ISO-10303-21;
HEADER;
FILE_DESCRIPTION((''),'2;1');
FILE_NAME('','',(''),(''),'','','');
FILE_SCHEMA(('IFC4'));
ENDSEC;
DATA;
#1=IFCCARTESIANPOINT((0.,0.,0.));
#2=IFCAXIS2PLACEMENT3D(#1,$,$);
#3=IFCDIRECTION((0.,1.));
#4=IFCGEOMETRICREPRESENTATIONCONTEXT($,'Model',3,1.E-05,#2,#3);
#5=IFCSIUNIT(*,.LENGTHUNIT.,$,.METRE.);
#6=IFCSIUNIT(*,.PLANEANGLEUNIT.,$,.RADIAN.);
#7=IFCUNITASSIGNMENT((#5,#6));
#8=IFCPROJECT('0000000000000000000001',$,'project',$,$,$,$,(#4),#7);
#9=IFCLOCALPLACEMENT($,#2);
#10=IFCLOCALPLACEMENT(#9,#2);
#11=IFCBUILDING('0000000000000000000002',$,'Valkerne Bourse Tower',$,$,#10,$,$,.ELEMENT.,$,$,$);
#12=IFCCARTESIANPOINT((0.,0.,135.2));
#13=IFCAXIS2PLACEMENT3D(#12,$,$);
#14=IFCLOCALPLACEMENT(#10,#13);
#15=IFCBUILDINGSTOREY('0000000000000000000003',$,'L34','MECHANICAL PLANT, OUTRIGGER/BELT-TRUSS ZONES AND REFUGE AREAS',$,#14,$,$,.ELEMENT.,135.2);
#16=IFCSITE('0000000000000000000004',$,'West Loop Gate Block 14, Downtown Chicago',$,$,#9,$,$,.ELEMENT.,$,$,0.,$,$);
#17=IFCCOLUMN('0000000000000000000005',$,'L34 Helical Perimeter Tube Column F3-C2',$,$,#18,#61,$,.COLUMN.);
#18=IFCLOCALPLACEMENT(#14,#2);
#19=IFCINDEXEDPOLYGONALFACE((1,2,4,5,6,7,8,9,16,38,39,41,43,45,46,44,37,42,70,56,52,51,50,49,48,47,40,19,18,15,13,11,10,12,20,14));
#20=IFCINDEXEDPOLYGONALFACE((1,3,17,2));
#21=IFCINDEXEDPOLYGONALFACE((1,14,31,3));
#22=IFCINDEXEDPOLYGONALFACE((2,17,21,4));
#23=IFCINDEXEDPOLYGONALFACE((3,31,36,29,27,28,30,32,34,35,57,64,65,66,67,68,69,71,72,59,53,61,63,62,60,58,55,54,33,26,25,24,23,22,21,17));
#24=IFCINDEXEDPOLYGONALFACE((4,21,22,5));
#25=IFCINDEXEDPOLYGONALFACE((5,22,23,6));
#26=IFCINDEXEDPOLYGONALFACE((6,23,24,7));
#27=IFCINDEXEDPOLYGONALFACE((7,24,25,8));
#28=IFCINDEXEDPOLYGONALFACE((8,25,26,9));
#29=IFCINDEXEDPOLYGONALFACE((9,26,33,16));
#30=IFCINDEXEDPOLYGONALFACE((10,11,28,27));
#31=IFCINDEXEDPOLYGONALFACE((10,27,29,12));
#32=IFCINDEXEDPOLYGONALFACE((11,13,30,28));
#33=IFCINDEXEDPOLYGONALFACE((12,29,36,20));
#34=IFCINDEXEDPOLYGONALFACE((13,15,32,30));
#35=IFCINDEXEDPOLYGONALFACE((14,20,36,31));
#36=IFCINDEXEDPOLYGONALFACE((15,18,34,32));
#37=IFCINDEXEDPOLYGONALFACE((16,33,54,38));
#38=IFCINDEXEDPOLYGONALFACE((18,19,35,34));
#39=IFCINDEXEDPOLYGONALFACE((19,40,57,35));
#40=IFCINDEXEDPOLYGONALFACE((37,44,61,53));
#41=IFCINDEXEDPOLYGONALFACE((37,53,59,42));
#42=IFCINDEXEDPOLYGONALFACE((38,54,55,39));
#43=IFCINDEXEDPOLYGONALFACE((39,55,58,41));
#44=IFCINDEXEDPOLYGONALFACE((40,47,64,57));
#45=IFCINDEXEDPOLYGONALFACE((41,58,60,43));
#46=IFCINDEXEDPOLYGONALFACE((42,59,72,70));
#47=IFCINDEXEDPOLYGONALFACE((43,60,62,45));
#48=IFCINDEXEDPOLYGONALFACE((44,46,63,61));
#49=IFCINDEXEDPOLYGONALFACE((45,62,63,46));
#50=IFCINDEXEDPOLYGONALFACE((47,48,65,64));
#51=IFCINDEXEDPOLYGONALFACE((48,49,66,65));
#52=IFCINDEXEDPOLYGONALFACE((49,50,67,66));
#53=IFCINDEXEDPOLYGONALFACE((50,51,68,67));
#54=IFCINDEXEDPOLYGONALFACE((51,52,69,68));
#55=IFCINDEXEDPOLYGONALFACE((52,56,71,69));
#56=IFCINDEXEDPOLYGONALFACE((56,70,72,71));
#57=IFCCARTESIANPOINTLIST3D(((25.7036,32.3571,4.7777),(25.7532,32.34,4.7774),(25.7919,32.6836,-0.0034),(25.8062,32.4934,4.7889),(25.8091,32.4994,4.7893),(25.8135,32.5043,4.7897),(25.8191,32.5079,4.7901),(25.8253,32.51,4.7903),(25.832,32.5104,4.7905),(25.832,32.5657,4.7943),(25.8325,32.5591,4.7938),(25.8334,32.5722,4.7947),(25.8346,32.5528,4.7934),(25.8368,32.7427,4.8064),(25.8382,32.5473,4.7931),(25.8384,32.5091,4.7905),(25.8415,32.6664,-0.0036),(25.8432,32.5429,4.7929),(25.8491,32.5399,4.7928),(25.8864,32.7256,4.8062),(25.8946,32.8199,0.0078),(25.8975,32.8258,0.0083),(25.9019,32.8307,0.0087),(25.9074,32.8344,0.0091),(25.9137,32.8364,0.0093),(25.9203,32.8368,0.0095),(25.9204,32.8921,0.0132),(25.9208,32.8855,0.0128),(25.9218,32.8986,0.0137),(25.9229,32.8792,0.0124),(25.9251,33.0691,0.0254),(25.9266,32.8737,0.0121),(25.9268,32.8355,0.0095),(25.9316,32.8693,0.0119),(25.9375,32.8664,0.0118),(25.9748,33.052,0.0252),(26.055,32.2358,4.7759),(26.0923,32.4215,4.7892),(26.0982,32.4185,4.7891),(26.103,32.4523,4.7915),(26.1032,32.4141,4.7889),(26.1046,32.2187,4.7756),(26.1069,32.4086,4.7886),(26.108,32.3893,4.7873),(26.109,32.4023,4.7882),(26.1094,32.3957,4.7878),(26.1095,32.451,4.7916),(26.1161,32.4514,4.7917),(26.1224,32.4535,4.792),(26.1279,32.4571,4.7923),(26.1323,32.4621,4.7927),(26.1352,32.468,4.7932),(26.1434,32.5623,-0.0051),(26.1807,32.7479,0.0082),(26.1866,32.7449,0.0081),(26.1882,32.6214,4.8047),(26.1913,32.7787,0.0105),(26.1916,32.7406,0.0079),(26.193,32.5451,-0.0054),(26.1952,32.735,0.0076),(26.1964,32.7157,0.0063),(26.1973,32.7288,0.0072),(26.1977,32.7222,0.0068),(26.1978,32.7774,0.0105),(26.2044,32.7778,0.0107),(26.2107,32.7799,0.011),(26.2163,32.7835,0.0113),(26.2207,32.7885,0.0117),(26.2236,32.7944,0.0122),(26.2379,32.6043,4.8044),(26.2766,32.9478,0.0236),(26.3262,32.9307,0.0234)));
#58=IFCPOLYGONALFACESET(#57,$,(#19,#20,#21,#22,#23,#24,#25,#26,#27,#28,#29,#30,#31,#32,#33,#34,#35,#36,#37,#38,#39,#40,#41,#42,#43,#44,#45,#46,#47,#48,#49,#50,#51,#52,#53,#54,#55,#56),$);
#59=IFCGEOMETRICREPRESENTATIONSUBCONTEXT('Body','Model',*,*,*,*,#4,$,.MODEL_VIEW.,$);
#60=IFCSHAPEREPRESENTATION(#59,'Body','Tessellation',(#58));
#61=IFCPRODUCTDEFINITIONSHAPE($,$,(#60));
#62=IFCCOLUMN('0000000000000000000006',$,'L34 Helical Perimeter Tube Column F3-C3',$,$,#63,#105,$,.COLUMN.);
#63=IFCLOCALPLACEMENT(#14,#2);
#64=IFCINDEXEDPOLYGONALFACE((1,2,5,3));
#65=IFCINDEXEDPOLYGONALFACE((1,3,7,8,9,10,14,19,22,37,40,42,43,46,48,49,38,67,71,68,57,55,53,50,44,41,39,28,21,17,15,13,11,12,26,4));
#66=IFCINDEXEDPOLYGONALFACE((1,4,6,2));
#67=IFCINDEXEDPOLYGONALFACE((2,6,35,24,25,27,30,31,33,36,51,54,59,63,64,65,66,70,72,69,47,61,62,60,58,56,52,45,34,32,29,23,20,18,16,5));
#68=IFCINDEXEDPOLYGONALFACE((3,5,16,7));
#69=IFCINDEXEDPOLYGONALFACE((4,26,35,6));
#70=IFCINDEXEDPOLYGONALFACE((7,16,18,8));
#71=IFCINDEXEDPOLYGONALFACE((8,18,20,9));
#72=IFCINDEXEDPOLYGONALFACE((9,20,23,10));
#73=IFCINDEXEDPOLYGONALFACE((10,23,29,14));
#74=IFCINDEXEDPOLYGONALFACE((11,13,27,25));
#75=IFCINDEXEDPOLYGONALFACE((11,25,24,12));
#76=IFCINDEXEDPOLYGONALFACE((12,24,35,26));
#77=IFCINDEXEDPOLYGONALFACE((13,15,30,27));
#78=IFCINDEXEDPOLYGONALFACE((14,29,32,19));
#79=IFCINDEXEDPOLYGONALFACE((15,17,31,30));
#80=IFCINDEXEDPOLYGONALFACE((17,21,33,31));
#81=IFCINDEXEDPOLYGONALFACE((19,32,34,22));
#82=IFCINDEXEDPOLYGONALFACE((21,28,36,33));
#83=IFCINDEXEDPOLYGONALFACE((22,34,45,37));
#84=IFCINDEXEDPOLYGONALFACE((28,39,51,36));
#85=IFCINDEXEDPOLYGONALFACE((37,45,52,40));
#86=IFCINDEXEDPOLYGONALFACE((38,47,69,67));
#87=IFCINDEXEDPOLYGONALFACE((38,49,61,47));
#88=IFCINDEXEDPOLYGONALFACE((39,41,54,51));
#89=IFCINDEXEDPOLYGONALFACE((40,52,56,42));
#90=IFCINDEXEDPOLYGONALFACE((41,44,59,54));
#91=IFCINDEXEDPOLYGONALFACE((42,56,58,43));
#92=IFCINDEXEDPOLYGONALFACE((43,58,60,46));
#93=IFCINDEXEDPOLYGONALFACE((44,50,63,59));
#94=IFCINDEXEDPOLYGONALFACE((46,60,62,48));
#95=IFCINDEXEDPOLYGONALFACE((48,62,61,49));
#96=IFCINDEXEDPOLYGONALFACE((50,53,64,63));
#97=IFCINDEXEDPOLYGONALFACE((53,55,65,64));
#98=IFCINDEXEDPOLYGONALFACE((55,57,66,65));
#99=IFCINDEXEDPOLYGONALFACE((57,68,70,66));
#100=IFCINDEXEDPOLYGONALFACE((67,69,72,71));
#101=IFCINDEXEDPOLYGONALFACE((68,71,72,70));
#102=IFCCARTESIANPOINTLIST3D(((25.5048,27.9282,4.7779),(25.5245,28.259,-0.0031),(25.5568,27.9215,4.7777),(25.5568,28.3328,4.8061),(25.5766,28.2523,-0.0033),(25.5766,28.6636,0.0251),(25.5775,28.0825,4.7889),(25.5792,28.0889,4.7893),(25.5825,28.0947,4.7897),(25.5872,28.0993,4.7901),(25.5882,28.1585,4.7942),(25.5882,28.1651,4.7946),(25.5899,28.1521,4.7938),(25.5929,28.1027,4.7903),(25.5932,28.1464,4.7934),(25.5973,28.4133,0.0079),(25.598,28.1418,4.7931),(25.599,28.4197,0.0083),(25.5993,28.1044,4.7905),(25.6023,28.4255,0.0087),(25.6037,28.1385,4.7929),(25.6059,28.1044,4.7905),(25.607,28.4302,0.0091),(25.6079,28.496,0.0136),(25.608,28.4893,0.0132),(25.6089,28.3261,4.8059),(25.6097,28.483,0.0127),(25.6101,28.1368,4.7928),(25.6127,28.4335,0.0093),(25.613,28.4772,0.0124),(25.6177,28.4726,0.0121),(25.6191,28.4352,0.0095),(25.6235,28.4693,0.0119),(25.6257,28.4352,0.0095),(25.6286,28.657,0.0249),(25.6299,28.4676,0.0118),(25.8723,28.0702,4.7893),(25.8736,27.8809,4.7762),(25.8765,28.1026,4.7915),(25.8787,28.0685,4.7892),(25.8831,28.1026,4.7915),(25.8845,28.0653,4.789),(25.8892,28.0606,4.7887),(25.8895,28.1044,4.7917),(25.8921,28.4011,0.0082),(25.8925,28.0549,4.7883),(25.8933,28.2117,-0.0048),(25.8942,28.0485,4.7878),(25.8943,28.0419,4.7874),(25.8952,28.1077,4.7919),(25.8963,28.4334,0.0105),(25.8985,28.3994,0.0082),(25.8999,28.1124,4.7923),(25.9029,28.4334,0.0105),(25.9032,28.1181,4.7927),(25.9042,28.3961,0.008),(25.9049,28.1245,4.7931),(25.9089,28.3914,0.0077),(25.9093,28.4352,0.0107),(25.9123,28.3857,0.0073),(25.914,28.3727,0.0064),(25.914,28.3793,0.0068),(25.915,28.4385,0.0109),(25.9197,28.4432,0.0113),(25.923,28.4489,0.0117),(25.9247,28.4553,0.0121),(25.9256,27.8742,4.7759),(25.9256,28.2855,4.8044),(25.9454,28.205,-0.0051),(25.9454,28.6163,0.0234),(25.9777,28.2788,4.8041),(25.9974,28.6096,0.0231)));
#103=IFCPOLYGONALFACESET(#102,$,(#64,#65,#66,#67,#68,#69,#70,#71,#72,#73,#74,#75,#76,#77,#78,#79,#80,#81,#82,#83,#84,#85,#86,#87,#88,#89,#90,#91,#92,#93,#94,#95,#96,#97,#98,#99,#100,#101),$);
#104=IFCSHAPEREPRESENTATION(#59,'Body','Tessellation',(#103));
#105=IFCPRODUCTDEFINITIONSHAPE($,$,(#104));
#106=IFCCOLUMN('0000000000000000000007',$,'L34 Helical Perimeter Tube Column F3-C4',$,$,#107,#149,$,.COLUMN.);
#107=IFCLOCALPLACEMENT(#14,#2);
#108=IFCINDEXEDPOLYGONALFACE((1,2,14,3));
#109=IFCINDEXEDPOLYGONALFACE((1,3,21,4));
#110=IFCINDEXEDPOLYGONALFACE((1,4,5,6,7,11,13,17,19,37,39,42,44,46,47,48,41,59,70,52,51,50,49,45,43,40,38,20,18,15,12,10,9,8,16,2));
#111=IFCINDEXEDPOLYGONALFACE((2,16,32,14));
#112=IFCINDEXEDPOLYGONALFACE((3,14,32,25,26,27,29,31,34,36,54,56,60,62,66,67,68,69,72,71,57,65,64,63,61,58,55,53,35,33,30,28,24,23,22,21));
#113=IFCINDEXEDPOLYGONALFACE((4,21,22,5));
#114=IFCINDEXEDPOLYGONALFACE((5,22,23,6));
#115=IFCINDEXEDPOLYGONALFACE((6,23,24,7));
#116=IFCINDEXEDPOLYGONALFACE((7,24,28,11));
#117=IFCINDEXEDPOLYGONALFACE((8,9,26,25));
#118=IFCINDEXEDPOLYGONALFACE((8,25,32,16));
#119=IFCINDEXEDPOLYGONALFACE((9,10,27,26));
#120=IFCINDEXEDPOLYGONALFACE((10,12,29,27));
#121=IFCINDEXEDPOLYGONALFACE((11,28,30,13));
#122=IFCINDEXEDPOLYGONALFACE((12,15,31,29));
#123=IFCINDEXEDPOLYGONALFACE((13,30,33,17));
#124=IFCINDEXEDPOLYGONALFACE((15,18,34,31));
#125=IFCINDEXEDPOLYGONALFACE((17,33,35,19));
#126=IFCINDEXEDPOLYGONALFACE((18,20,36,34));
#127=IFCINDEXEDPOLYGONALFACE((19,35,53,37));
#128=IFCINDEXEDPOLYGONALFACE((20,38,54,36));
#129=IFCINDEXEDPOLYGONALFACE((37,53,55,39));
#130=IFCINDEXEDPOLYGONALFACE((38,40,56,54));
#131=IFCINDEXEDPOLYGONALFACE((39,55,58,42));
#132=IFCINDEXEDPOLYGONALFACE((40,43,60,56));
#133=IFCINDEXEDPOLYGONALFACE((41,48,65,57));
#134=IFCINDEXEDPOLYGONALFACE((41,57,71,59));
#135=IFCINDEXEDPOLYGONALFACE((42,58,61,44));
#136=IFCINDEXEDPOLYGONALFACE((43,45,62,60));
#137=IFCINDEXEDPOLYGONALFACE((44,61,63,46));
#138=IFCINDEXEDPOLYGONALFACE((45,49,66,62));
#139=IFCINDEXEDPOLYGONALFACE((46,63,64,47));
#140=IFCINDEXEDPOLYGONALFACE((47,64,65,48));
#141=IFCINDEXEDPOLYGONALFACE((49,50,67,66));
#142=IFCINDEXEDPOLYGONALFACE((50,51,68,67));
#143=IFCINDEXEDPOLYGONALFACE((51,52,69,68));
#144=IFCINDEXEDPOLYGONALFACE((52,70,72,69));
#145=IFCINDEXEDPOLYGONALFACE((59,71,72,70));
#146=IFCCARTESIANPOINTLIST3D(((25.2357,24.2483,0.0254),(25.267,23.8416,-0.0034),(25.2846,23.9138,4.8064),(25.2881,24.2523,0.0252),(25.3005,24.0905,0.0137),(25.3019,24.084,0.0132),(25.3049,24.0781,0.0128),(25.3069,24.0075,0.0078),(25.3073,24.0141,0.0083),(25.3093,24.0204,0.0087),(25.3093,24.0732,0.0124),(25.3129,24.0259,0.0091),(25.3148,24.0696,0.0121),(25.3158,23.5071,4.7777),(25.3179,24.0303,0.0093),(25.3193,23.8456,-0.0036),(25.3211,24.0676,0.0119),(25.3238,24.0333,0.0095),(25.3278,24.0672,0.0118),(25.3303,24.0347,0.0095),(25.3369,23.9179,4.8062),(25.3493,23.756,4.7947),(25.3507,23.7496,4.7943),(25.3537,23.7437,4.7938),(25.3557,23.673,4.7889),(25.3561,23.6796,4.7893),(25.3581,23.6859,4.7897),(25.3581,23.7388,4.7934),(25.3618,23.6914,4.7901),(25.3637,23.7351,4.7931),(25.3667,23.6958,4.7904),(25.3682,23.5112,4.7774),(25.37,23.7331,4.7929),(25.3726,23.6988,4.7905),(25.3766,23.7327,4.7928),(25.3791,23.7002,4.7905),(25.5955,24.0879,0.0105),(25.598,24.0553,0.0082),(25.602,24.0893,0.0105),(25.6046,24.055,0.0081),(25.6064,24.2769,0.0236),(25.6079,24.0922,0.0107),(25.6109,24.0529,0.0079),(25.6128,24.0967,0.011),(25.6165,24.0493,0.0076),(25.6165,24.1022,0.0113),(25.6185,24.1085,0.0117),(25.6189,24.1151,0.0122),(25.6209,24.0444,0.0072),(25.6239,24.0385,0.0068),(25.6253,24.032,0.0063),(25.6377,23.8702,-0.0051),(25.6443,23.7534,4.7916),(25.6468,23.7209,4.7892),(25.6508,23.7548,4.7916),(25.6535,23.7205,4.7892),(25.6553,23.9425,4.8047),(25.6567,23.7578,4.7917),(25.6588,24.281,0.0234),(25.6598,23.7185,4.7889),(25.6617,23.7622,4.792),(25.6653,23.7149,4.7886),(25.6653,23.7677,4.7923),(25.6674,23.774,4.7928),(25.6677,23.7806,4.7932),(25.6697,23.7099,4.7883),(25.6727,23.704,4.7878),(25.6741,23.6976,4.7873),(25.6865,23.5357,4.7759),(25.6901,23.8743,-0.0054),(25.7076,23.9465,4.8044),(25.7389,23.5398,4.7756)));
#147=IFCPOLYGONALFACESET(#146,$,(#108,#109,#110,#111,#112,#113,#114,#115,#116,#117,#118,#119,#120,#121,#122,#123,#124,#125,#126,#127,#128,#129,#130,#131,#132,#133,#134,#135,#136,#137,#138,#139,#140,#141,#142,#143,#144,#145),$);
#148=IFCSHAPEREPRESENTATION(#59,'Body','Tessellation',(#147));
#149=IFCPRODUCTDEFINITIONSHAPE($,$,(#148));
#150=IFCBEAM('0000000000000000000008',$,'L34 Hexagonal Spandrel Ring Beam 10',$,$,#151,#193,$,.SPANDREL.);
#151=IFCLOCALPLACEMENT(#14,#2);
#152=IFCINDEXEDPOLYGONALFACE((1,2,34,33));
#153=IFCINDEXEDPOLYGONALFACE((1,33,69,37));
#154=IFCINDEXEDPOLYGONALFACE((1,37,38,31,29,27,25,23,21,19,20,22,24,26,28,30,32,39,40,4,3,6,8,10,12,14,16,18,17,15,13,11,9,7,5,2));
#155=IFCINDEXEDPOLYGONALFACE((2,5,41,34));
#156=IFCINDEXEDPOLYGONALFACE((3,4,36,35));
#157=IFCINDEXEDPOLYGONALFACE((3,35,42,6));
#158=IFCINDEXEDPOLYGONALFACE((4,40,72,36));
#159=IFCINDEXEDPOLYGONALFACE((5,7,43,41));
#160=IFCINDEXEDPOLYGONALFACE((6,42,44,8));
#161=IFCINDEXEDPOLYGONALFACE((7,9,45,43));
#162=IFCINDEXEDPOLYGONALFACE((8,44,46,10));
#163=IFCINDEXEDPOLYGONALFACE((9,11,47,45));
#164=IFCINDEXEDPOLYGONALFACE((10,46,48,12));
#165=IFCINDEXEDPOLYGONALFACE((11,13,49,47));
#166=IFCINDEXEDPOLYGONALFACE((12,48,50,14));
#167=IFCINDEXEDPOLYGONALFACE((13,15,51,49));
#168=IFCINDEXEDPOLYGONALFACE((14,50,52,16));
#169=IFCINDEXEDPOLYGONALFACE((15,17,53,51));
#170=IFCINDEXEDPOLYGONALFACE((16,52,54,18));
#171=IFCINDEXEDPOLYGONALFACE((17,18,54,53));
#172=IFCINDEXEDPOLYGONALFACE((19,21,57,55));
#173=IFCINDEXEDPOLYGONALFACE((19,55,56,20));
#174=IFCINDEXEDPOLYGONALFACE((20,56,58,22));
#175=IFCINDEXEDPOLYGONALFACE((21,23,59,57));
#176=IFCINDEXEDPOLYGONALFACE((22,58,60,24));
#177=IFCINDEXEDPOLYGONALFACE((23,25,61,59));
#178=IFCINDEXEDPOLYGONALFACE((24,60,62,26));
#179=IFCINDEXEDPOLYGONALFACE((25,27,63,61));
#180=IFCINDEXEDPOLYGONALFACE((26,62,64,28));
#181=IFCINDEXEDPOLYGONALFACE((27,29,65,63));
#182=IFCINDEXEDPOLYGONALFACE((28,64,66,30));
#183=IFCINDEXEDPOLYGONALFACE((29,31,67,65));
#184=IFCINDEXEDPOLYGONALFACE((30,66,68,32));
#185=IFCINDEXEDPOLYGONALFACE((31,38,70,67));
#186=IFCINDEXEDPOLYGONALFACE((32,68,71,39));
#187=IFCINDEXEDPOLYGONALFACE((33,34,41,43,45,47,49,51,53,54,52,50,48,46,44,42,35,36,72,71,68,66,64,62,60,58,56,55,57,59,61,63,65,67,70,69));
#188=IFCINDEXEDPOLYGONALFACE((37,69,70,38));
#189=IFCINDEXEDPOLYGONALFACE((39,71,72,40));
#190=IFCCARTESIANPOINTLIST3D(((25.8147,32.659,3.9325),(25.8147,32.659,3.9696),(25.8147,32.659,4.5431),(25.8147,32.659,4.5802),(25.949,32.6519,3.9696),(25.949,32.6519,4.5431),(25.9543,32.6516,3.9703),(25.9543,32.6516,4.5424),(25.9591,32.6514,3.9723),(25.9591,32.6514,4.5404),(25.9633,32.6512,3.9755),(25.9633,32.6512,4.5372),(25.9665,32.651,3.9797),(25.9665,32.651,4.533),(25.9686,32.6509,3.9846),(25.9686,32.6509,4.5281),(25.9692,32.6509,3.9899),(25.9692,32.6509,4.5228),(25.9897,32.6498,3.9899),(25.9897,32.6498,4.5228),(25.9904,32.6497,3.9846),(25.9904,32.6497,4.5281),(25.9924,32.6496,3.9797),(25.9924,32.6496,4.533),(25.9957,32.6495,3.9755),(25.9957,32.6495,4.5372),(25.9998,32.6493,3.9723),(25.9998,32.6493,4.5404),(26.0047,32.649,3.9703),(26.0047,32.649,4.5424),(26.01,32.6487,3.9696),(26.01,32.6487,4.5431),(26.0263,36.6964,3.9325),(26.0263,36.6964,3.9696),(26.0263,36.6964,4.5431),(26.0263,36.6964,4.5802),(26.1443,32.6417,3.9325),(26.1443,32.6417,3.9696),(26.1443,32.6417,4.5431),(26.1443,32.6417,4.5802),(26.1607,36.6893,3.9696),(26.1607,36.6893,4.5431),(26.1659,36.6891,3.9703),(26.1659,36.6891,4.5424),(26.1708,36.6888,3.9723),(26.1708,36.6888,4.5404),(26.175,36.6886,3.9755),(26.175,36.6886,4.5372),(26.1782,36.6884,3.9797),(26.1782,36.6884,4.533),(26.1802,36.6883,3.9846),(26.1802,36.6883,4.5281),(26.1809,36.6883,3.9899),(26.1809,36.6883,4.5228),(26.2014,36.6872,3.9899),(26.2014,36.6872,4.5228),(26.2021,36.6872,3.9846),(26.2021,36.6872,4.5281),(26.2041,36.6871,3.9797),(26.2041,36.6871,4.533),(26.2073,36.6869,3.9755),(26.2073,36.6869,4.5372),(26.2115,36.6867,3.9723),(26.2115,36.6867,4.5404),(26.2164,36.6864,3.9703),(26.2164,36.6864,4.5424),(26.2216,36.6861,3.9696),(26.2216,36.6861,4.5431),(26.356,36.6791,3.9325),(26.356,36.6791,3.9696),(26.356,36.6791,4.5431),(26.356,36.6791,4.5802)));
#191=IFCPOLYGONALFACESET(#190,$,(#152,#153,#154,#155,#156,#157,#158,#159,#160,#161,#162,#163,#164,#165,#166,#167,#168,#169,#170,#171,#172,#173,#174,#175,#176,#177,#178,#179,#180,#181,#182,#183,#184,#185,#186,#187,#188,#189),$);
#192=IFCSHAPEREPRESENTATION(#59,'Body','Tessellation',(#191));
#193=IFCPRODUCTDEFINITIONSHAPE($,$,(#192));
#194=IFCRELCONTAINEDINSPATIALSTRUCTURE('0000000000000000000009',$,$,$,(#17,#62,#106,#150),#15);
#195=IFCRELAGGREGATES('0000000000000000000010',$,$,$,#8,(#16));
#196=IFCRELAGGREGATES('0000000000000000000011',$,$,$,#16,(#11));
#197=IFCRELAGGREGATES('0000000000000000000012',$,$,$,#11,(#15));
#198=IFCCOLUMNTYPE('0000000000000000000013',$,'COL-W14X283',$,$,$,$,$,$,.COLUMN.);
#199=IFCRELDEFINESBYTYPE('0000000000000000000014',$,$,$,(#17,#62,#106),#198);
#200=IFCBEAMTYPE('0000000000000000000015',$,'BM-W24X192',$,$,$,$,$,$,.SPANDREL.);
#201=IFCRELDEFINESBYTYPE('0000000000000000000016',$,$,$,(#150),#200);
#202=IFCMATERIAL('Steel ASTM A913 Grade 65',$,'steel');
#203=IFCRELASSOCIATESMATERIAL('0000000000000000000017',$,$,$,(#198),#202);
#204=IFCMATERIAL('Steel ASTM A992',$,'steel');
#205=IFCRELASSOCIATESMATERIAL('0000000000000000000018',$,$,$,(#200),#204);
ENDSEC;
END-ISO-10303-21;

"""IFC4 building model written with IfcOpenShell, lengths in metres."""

from ifc_helpers import new_model, si_unit, direction, frame, origin, origin_2d, place, context, subcontext, project, spatial, i_section, extrude, material, material_profile, profile_set, type_object, element, save


model = new_model("IFC4")

# Units and contexts
model_context = context("Model", 3, precision=1e-05, world=origin(), true_north=direction((0.0, 1.0)))
body_context = subcontext(model_context, "Body", "Model", "MODEL_VIEW")
ifc_project = project(units=[si_unit("LENGTHUNIT", "METRE"), si_unit("PLANEANGLEUNIT", "RADIAN")], contexts=[model_context])

# Site, building, storey
site_placement = place(None, origin())
site = spatial("IfcSite", under=ifc_project, at=site_placement, Name="West Loop Gate Block 14, Downtown Chicago", CompositionType="ELEMENT", RefElevation=0.0)
building_placement = place(site_placement, origin())
building = spatial("IfcBuilding", under=site, at=building_placement, Name="Valkerne Bourse Tower", CompositionType="ELEMENT")
storey_placement = place(building_placement, frame((0.0, 0.0, 135.2)))
storey = spatial("IfcBuildingStorey", under=building, at=storey_placement, Name="L34", Description="MECHANICAL PLANT, OUTRIGGER/BELT-TRUSS ZONES AND REFUGE AREAS", CompositionType="ELEMENT", Elevation=135.2)

# Columns
ifc_material_1 = material(Name="Steel ASTM A913 Grade 65", Category="steel")
ifc_material_profile_1 = material_profile(ifc_material_1, i_section(OverallWidth=0.4089, OverallDepth=0.4243, WebThickness=0.0327, FlangeThickness=0.0525, FilletRadius=0.0254, at=origin_2d()), Name="W14X283")
ifc_profile_set_1 = profile_set([ifc_material_profile_1], Name="Steel ASTM A913 Grade 65")
column_type = type_object("IfcColumnType", Name="COL-W14X283", PredefinedType="COLUMN", material=ifc_profile_set_1)
column_1_placement = place(storey_placement, frame((26.0591, 32.8071, 0.01), z_axis=(-0.018439, -0.068103, 0.997508), x_axis=(-0.325742, -0.942835, -0.070392)))
element("IfcColumn", 1, at=column_1_placement, inside=storey, type_object=column_type, Name="L34 Helical Perimeter Tube Column F3-C2", PredefinedType="COLUMN", context=body_context, shape_type="SweptSolid", body=[
    extrude(i_section(OverallWidth=0.4089, OverallDepth=0.4243, WebThickness=0.0327, FlangeThickness=0.0525, FilletRadius=0.0254, at=origin_2d()), origin(), (0.0, 0.0, 1.0), 4.793),
])
column_2_placement = place(storey_placement, frame((25.761, 28.4343, 0.01), z_axis=(-0.004126, -0.069027, 0.997606), x_axis=(-0.127285, -0.989464, -0.06899)))
element("IfcColumn", 2, at=column_2_placement, inside=storey, type_object=column_type, Name="L34 Helical Perimeter Tube Column F3-C3", PredefinedType="COLUMN", context=body_context, shape_type="SweptSolid", body=[
    extrude(i_section(OverallWidth=0.4089, OverallDepth=0.4243, WebThickness=0.0327, FlangeThickness=0.0525, FilletRadius=0.0254, at=origin_2d()), origin(), (0.0, 0.0, 1.0), 4.7925),
])
column_3_placement = place(storey_placement, frame((25.4629, 24.0613, 0.01), z_axis=(0.010188, -0.069784, 0.99751), x_axis=(0.076459, -0.994587, -0.070361)))
element("IfcColumn", 3, at=column_3_placement, inside=storey, type_object=column_type, Name="L34 Helical Perimeter Tube Column F3-C4", PredefinedType="COLUMN", context=body_context, shape_type="SweptSolid", body=[
    extrude(i_section(OverallWidth=0.4089, OverallDepth=0.4243, WebThickness=0.0327, FlangeThickness=0.0525, FilletRadius=0.0254, at=origin_2d()), origin(), (0.0, 0.0, 1.0), 4.793),
])

# Beam
ifc_material_2 = material(Name="Steel ASTM A992", Category="steel")
ifc_material_profile_2 = material_profile(ifc_material_2, i_section(OverallWidth=0.3301, OverallDepth=0.6477, WebThickness=0.0205, FlangeThickness=0.0371, FilletRadius=0.0203, at=origin_2d()), Name="W24X192")
ifc_profile_set_2 = profile_set([ifc_material_profile_2], Name="Steel ASTM A992")
beam_type_1 = type_object("IfcBeamType", Name="BM-W24X192", PredefinedType="SPANDREL", material=ifc_profile_set_2)
for number, where, z_axis, x_axis, name in (
    (4, (26.1912, 36.6877, 4.2563), (-0.052356, -0.998628, 0.0), (0.998628, -0.052356, 0.0), "L34 Hexagonal Spandrel Ring Beam 10"),
):
    element("IfcBeam", number, at=place(storey_placement, frame(where, z_axis=z_axis, x_axis=x_axis)), inside=storey, type_object=beam_type_1, Name=name, PredefinedType="SPANDREL", context=body_context, shape_type="SweptSolid", body=[
        extrude(i_section(OverallWidth=0.3301, OverallDepth=0.6477, WebThickness=0.0205, FlangeThickness=0.0371, FilletRadius=0.0203, at=origin_2d()), origin(), (0.0, 0.0, 1.0), 4.043),
    ])

save(model, "model.ifc")
